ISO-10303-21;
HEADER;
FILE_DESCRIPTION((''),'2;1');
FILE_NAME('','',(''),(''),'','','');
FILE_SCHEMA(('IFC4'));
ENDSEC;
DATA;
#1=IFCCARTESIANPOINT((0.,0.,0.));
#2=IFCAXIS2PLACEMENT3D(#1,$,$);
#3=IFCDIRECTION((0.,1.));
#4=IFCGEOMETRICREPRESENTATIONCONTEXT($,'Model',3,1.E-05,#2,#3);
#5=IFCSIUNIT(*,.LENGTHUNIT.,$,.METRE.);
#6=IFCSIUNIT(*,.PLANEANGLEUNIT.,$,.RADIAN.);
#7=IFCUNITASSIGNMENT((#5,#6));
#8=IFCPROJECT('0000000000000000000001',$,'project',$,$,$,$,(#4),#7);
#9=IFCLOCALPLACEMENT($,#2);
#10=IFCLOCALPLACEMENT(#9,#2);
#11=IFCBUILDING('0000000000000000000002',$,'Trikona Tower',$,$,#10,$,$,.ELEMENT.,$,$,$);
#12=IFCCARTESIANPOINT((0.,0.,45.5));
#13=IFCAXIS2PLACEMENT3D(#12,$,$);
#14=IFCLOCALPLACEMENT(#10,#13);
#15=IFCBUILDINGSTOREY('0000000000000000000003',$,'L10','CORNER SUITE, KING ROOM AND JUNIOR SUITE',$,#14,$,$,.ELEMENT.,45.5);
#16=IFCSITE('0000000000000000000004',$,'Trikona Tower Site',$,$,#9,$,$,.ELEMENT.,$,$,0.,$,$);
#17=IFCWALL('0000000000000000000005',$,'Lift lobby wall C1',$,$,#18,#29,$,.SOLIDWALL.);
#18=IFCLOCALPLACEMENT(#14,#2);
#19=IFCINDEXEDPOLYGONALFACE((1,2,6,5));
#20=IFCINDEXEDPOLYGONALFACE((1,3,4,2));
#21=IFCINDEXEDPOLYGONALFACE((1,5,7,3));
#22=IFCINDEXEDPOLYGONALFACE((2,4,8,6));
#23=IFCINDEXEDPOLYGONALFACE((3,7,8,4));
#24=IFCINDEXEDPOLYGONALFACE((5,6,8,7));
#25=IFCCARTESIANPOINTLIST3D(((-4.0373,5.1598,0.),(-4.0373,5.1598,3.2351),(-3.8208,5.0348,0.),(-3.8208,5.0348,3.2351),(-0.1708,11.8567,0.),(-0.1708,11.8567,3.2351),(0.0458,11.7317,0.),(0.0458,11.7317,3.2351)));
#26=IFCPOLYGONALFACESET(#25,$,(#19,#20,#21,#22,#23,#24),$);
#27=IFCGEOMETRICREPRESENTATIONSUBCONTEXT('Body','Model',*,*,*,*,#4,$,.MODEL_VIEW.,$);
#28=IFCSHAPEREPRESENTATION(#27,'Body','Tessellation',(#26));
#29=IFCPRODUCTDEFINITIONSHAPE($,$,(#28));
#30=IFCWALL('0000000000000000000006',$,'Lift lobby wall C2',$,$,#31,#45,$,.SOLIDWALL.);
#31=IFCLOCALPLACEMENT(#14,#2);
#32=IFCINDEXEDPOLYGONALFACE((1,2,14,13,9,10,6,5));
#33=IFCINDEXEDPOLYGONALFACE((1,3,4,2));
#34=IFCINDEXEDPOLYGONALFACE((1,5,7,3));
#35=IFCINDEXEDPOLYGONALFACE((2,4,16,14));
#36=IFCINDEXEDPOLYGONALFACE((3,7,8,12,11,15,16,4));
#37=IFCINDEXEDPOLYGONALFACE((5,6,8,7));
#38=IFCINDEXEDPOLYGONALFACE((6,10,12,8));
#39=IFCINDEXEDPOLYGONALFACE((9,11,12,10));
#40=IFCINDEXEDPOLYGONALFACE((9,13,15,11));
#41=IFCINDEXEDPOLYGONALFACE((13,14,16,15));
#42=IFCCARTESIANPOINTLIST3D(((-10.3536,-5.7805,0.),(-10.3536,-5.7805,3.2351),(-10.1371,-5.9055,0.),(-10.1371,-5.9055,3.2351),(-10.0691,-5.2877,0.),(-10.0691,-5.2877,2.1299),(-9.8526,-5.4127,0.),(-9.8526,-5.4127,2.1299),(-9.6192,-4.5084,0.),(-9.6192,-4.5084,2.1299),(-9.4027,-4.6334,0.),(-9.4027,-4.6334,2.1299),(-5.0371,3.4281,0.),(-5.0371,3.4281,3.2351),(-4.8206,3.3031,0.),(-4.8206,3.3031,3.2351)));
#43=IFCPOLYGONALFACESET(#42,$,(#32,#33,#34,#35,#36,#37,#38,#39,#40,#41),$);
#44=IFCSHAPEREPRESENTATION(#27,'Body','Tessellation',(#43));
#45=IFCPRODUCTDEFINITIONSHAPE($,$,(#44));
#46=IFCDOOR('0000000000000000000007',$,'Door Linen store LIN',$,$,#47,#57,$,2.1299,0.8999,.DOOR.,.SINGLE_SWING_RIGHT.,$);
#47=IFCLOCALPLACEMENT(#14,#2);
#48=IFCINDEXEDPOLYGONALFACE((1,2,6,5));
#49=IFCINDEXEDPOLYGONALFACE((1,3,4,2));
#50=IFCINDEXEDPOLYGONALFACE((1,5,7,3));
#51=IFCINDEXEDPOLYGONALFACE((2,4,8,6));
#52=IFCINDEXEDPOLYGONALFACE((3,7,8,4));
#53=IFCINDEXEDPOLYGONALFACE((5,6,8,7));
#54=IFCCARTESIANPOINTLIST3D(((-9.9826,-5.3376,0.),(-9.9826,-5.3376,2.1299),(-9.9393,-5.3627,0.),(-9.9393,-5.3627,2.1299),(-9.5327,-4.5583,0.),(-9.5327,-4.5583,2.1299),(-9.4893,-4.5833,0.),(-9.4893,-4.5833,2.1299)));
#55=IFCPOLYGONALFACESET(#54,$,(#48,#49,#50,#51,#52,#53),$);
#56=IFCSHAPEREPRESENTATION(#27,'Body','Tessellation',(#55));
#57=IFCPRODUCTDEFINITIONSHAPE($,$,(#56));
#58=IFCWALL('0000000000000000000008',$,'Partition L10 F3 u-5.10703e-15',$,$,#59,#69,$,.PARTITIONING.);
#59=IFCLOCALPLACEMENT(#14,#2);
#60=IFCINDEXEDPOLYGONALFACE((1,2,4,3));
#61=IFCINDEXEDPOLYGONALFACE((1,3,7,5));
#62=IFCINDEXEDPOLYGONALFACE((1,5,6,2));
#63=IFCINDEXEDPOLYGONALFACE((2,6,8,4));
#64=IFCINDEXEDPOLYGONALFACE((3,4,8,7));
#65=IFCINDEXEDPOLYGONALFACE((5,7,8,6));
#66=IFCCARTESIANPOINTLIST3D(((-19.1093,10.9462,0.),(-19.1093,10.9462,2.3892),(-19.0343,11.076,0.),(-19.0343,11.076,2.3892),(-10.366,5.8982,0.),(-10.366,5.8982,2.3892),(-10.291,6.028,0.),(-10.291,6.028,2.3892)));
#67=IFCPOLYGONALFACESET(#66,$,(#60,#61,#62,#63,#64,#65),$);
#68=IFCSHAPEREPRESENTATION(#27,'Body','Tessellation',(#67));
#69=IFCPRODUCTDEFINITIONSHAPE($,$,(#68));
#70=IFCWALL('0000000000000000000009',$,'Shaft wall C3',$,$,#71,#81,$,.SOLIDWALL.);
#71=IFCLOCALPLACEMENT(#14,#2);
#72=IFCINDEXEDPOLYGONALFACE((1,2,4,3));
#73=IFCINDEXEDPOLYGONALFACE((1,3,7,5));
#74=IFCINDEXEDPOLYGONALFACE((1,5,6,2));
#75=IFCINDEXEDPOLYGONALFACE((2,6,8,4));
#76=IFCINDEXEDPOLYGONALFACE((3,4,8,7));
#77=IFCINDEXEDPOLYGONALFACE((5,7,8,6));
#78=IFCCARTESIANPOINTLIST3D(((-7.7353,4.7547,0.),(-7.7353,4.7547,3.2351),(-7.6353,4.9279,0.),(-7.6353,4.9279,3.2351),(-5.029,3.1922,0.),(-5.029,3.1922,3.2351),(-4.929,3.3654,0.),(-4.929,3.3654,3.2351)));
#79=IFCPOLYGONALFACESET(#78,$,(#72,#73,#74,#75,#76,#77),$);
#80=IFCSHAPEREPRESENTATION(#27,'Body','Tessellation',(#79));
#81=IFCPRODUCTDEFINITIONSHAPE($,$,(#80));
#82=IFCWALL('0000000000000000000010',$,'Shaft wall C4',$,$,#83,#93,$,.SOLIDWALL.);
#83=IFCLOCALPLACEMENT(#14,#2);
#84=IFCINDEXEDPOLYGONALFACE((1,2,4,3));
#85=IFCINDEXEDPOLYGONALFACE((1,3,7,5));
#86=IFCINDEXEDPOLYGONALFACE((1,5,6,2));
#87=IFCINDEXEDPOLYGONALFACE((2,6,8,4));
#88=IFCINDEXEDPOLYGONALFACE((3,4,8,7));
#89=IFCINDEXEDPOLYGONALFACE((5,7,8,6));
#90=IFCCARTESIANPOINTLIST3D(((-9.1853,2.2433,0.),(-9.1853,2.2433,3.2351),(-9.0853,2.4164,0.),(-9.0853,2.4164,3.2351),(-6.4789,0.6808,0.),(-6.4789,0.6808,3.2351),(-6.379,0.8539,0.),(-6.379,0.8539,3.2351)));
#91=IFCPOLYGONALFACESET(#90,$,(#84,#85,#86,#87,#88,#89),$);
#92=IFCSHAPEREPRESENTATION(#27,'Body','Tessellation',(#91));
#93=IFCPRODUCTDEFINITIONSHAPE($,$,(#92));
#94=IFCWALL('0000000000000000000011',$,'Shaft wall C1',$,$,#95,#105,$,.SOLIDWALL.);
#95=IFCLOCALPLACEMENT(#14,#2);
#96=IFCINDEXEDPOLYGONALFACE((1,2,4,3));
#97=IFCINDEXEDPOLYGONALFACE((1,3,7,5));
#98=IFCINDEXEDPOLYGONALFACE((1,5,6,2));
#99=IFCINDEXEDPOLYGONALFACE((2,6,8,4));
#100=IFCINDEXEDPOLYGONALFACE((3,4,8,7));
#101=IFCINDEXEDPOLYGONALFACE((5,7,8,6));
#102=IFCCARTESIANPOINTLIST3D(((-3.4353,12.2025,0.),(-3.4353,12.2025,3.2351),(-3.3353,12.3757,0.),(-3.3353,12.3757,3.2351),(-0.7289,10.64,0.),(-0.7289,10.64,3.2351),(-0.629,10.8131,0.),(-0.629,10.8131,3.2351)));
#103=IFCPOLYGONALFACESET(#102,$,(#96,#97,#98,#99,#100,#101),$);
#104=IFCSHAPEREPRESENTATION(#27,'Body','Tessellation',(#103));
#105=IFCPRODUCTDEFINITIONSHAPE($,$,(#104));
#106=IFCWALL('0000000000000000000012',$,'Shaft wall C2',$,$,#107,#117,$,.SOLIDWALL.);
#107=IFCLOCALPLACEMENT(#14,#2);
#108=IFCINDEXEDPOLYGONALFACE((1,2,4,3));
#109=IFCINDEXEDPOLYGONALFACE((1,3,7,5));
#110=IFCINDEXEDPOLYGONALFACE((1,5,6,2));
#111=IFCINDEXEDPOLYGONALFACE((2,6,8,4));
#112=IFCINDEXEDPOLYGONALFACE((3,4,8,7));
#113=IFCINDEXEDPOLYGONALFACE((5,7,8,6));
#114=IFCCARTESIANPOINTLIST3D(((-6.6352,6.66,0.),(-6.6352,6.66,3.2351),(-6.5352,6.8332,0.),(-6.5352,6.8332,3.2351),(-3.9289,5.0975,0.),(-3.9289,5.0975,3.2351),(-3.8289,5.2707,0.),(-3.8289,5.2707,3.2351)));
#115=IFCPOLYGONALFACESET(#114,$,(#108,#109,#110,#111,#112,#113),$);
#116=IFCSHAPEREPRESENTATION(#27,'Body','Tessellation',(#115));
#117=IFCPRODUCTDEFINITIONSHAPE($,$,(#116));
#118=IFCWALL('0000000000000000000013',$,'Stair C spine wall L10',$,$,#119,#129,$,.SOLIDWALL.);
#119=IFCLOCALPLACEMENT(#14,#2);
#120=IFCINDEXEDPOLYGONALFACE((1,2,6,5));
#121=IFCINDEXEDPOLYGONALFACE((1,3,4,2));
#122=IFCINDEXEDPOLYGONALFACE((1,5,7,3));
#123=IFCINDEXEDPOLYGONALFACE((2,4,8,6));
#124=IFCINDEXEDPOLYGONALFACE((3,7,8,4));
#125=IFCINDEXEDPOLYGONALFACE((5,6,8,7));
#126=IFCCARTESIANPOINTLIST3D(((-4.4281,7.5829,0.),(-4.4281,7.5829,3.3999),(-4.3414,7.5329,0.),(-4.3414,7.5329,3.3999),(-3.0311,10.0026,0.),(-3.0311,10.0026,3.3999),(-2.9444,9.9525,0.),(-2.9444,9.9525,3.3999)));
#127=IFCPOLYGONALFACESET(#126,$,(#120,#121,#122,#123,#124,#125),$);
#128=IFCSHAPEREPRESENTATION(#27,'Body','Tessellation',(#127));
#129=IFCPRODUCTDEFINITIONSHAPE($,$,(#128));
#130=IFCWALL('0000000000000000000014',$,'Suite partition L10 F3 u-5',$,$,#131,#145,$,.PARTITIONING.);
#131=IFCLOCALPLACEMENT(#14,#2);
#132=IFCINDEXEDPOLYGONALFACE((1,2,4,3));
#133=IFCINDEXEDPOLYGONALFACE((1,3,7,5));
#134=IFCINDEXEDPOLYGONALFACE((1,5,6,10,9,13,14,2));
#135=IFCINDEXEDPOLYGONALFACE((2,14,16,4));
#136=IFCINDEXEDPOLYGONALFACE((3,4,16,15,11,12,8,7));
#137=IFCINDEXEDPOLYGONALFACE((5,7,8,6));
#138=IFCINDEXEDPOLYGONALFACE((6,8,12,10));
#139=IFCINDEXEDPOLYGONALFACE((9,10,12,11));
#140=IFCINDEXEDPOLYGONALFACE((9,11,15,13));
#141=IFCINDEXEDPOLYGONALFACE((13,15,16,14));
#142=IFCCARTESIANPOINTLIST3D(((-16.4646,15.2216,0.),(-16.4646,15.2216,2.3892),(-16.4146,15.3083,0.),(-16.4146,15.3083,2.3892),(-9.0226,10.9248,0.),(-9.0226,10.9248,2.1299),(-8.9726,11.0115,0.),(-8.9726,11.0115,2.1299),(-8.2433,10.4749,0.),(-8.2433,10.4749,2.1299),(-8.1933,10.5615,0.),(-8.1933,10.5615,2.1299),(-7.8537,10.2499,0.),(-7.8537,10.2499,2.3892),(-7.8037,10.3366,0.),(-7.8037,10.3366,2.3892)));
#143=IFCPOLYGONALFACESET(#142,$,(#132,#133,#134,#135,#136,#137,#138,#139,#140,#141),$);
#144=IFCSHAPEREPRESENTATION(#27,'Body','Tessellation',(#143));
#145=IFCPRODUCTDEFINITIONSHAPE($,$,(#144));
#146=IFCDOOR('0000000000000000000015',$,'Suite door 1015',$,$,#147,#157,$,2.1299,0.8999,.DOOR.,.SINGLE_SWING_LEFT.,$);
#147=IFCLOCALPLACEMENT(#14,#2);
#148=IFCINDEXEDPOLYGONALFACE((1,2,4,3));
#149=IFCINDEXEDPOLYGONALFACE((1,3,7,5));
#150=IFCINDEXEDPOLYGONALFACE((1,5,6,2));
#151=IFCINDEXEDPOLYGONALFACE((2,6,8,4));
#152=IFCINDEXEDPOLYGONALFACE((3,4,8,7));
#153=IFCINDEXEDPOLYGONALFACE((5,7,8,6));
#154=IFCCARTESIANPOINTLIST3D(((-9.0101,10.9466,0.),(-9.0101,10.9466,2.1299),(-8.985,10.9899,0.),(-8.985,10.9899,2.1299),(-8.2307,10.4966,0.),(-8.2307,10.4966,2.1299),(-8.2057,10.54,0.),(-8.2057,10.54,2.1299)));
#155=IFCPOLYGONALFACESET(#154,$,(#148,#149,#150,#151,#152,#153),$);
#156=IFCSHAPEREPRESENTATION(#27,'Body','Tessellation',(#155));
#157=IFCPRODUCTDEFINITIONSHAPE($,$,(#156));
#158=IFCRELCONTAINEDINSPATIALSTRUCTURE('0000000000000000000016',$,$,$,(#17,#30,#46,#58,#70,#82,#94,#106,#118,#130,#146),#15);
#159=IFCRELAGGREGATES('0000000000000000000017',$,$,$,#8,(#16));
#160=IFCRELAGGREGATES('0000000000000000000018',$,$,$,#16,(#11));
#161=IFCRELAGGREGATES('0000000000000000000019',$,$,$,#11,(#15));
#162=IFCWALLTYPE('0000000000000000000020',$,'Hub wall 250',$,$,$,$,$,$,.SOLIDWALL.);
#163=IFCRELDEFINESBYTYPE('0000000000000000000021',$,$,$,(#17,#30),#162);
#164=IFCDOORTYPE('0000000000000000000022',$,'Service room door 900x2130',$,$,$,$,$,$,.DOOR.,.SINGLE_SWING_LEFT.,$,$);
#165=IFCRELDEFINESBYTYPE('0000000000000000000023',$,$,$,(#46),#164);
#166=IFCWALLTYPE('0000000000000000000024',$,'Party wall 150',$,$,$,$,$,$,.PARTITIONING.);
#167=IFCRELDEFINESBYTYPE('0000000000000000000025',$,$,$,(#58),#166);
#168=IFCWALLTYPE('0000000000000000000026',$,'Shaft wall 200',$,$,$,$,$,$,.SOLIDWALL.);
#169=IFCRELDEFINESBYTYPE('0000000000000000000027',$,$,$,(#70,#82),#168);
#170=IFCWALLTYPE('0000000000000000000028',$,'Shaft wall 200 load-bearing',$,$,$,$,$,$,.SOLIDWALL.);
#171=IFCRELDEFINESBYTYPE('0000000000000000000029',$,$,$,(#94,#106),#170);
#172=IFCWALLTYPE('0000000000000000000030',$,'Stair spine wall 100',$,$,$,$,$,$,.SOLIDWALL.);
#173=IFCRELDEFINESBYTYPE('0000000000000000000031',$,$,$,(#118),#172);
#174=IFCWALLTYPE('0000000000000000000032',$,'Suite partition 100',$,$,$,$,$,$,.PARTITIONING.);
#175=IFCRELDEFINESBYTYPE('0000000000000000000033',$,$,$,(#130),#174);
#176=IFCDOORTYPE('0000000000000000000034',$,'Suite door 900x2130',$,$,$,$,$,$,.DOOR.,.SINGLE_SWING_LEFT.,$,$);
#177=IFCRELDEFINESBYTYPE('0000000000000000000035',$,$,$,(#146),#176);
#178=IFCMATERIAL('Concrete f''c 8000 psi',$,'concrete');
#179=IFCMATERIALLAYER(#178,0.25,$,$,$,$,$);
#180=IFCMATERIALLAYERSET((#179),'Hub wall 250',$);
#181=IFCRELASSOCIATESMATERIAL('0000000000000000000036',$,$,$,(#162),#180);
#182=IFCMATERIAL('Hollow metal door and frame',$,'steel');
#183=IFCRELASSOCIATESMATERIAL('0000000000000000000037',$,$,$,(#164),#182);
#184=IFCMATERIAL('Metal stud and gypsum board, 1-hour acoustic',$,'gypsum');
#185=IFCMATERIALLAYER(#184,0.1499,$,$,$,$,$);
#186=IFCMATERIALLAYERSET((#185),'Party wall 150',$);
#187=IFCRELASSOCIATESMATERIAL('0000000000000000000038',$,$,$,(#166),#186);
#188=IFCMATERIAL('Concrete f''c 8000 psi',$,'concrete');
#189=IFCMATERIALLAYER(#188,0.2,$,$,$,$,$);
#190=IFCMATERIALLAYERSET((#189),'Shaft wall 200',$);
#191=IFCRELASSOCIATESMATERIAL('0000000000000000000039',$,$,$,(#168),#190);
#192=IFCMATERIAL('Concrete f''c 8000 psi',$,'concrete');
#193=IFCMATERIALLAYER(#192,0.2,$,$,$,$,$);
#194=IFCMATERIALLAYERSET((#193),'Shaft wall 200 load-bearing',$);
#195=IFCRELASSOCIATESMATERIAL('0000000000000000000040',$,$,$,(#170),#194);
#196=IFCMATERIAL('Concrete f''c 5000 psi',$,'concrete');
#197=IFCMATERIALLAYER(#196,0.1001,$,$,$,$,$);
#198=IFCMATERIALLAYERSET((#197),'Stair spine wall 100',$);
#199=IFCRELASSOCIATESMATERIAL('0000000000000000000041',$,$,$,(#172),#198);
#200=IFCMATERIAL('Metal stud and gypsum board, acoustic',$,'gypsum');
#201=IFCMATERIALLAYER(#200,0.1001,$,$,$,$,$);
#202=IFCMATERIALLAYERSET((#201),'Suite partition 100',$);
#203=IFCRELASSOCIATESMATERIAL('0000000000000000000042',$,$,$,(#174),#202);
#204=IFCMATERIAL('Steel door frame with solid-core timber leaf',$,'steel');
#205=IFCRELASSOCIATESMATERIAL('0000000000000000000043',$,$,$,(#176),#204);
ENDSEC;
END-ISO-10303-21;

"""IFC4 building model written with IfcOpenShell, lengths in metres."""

from ifc_helpers import new_model, si_unit, direction, frame, frame_2d, origin, place, context, subcontext, project, spatial, rectangle, extrude, material, layer, layer_set, type_object, element, fill, save


model = new_model("IFC4")

# Units and contexts
model_context = context("Model", 3, precision=1e-05, world=origin(), true_north=direction((0.0, 1.0)))
body_context = subcontext(model_context, "Body", "Model", "MODEL_VIEW")
ifc_project = project(units=[si_unit("LENGTHUNIT", "METRE"), si_unit("PLANEANGLEUNIT", "RADIAN")], contexts=[model_context])

# Site, building, storey
site_placement = place(None, origin())
site = spatial("IfcSite", under=ifc_project, at=site_placement, Name="Trikona Tower Site", CompositionType="ELEMENT", RefElevation=0.0)
building_placement = place(site_placement, origin())
building = spatial("IfcBuilding", under=site, at=building_placement, Name="Trikona Tower", CompositionType="ELEMENT")
storey_placement = place(building_placement, frame((0.0, 0.0, 45.5)))
storey = spatial("IfcBuildingStorey", under=building, at=storey_placement, Name="L10", Description="CORNER SUITE, KING ROOM AND JUNIOR SUITE", CompositionType="ELEMENT", Elevation=45.5)

# Wall
ifc_material_1 = material(Name="Concrete f'c 8000 psi", Category="concrete")
ifc_layer_1 = layer(ifc_material_1, 0.25)
ifc_layer_set_1 = layer_set([ifc_layer_1], Name="Hub wall 250")
wall_type_1 = type_object("IfcWallType", Name="Hub wall 250", PredefinedType="SOLIDWALL", material=ifc_layer_set_1)
wall_1_placement = place(storey_placement, frame((-0.0625, 11.7942, 0.0), z_axis=(0.0, 0.0, 1.0), x_axis=(-0.500007, -0.866022, 0.0)))
element("IfcWall", 1, at=wall_1_placement, inside=storey, type_object=wall_type_1, Name="Lift lobby wall C1", PredefinedType="SOLIDWALL", context=body_context, shape_type="SweptSolid", body=[
    extrude(rectangle(XDim=7.7329, YDim=0.25, at=frame_2d((3.8665, 0.0))), origin(), (0.0, 0.0, 1.0), 3.2351),
])

# Wall, opening, door
wall_2_placement = place(storey_placement, frame((-4.929, 3.3655, 0.0), z_axis=(0.0, 0.0, 1.0), x_axis=(-0.499991, -0.86603, 0.0)))
wall_2 = element("IfcWall", 2, at=wall_2_placement, inside=storey, type_object=wall_type_1, Name="Lift lobby wall C2", PredefinedType="SOLIDWALL", context=body_context, shape_type="SweptSolid", body=[
    extrude(rectangle(XDim=10.6331, YDim=0.25, at=frame_2d((5.3164, 0.0))), origin(), (0.0, 0.0, 1.0), 3.2351),
])
opening_1_placement = place(wall_2_placement, frame((9.1641, 0.0, 0.0)))
opening_1 = element("IfcOpeningElement", 3, at=opening_1_placement, cuts=wall_2, PredefinedType="OPENING", context=body_context, shape_type="SweptSolid", body=[
    extrude(rectangle(XDim=0.8999, YDim=2.1299, at=frame_2d((0.45, 1.0649))), frame((0.0, 0.135, 0.0), z_axis=(0.0, -1.0, 0.0), x_axis=(1.0, 0.0, 0.0)), (0.0, 0.0, 1.0), 0.27),
])
ifc_material_2 = material(Name="Hollow metal door and frame", Category="steel")
door_type_1 = type_object("IfcDoorType", Name="Service room door 900x2130", OperationType="SINGLE_SWING_LEFT", PredefinedType="DOOR", material=ifc_material_2)
door_1_placement = place(opening_1_placement, origin())
door_1 = element("IfcDoor", 4, at=door_1_placement, inside=storey, type_object=door_type_1, Name="Door Linen store LIN", OperationType="SINGLE_SWING_RIGHT", OverallHeight=2.1299, OverallWidth=0.8999, PredefinedType="DOOR", context=body_context, shape_type="SweptSolid", body=[
    extrude(rectangle(XDim=0.8999, YDim=2.1299, at=frame_2d((0.45, 1.0649))), frame((0.0, 0.0249, 0.0), z_axis=(0.0, -1.0, 0.0), x_axis=(1.0, 0.0, 0.0)), (0.0, 0.0, 1.0), 0.05),
])
fill(opening_1, door_1)

# Walls
ifc_material_3 = material(Name="Metal stud and gypsum board, 1-hour acoustic", Category="gypsum")
ifc_layer_2 = layer(ifc_material_3, 0.1499)
ifc_layer_set_2 = layer_set([ifc_layer_2], Name="Party wall 150")
wall_type_2 = type_object("IfcWallType", Name="Party wall 150", PredefinedType="PARTITIONING", material=ifc_layer_set_2)
wall_3_placement = place(storey_placement, frame((-10.3286, 5.9631, 0.0), z_axis=(0.0, 0.0, 1.0), x_axis=(-0.866022, 0.500006, 0.0)))
element("IfcWall", 5, at=wall_3_placement, inside=storey, type_object=wall_type_2, Name="Partition L10 F3 u-5.10703e-15", PredefinedType="PARTITIONING", context=body_context, shape_type="SweptSolid", body=[
    extrude(rectangle(XDim=10.0959, YDim=0.1499, at=frame_2d((5.0479, 0.0))), origin(), (0.0, 0.0, 1.0), 2.3892),
])
ifc_material_4 = material(Name="Concrete f'c 8000 psi", Category="concrete")
ifc_layer_3 = layer(ifc_material_4, 0.2)
ifc_layer_set_3 = layer_set([ifc_layer_3], Name="Shaft wall 200")
wall_type_3 = type_object("IfcWallType", Name="Shaft wall 200", PredefinedType="SOLIDWALL", material=ifc_layer_set_3)
for number, where, z_axis, x_axis, name in (
    (6, (-4.979, 3.2788, 0.0), (0.0, 0.0, 1.0), (-0.866023, 0.500004, 0.0), "Shaft wall C3"),
    (7, (-6.429, 0.7673, 0.0), (0.0, 0.0, 1.0), (-0.866023, 0.500004, 0.0), "Shaft wall C4"),
):
    element("IfcWall", number, at=place(storey_placement, frame(where, z_axis=z_axis, x_axis=x_axis)), inside=storey, type_object=wall_type_3, Name=name, PredefinedType="SOLIDWALL", context=body_context, shape_type="SweptSolid", body=[
        extrude(rectangle(XDim=3.125, YDim=0.2, at=frame_2d((1.5625, 0.0))), origin(), (0.0, 0.0, 1.0), 3.2351),
    ])
ifc_material_5 = material(Name="Concrete f'c 8000 psi", Category="concrete")
ifc_layer_4 = layer(ifc_material_5, 0.2)
ifc_layer_set_4 = layer_set([ifc_layer_4], Name="Shaft wall 200 load-bearing")
wall_type_4 = type_object("IfcWallType", Name="Shaft wall 200 load-bearing", PredefinedType="SOLIDWALL", material=ifc_layer_set_4)
for number, where, z_axis, x_axis, name in (
    (8, (-0.679, 10.7266, 0.0), (0.0, 0.0, 1.0), (-0.866023, 0.500004, 0.0), "Shaft wall C1"),
    (9, (-3.8789, 5.1841, 0.0), (0.0, 0.0, 1.0), (-0.866023, 0.500004, 0.0), "Shaft wall C2"),
):
    element("IfcWall", number, at=place(storey_placement, frame(where, z_axis=z_axis, x_axis=x_axis)), inside=storey, type_object=wall_type_4, Name=name, PredefinedType="SOLIDWALL", context=body_context, shape_type="SweptSolid", body=[
        extrude(rectangle(XDim=3.125, YDim=0.2, at=frame_2d((1.5625, 0.0))), origin(), (0.0, 0.0, 1.0), 3.2351),
    ])
ifc_material_6 = material(Name="Concrete f'c 5000 psi", Category="concrete")
ifc_layer_5 = layer(ifc_material_6, 0.1001)
ifc_layer_set_5 = layer_set([ifc_layer_5], Name="Stair spine wall 100")
wall_type_5 = type_object("IfcWallType", Name="Stair spine wall 100", PredefinedType="SOLIDWALL", material=ifc_layer_set_5)
wall_4_placement = place(storey_placement, frame((-2.9878, 9.9775, 0.0), z_axis=(0.0, 0.0, 1.0), x_axis=(-0.499992, -0.86603, 0.0)))
element("IfcWall", 10, at=wall_4_placement, inside=storey, type_object=wall_type_5, Name="Stair C spine wall L10", PredefinedType="SOLIDWALL", context=body_context, shape_type="SweptSolid", body=[
    extrude(rectangle(XDim=2.7939, YDim=0.1001, at=frame_2d((1.397, 0.0))), origin(), (0.0, 0.0, 1.0), 3.3999),
])

# Wall, opening, door
ifc_material_7 = material(Name="Metal stud and gypsum board, acoustic", Category="gypsum")
ifc_layer_6 = layer(ifc_material_7, 0.1001)
ifc_layer_set_6 = layer_set([ifc_layer_6], Name="Suite partition 100")
wall_type_6 = type_object("IfcWallType", Name="Suite partition 100", PredefinedType="PARTITIONING", material=ifc_layer_set_6)
wall_5_placement = place(storey_placement, frame((-7.8286, 10.2932, 0.0), z_axis=(0.0, 0.0, 1.0), x_axis=(-0.866016, 0.500016, 0.0)))
wall_5 = element("IfcWall", 11, at=wall_5_placement, inside=storey, type_object=wall_type_6, Name="Suite partition L10 F3 u-5", PredefinedType="PARTITIONING", context=body_context, shape_type="SweptSolid", body=[
    extrude(rectangle(XDim=9.9431, YDim=0.1001, at=frame_2d((4.9717, 0.0))), origin(), (0.0, 0.0, 1.0), 2.3892),
])
opening_2_placement = place(wall_5_placement, frame((0.45, 0.0, 0.0)))
opening_2 = element("IfcOpeningElement", 12, at=opening_2_placement, cuts=wall_5, PredefinedType="OPENING", context=body_context, shape_type="SweptSolid", body=[
    extrude(rectangle(XDim=0.8999, YDim=2.1299, at=frame_2d((0.45, 1.0649))), frame((0.0, 0.0601, 0.0), z_axis=(0.0, -1.0, 0.0), x_axis=(1.0, 0.0, 0.0)), (0.0, 0.0, 1.0), 0.1201),
])
ifc_material_8 = material(Name="Steel door frame with solid-core timber leaf", Category="steel")
door_type_2 = type_object("IfcDoorType", Name="Suite door 900x2130", OperationType="SINGLE_SWING_LEFT", PredefinedType="DOOR", material=ifc_material_8)
door_2_placement = place(opening_2_placement, origin())
door_2 = element("IfcDoor", 13, at=door_2_placement, inside=storey, type_object=door_type_2, Name="Suite door 1015", OperationType="SINGLE_SWING_LEFT", OverallHeight=2.1299, OverallWidth=0.8999, PredefinedType="DOOR", context=body_context, shape_type="SweptSolid", body=[
    extrude(rectangle(XDim=0.8999, YDim=2.1299, at=frame_2d((0.45, 1.0649))), frame((0.0, 0.0249, 0.0), z_axis=(0.0, -1.0, 0.0), x_axis=(1.0, 0.0, 0.0)), (0.0, 0.0, 1.0), 0.05),
])
fill(opening_2, door_2)

save(model, "model.ifc")
